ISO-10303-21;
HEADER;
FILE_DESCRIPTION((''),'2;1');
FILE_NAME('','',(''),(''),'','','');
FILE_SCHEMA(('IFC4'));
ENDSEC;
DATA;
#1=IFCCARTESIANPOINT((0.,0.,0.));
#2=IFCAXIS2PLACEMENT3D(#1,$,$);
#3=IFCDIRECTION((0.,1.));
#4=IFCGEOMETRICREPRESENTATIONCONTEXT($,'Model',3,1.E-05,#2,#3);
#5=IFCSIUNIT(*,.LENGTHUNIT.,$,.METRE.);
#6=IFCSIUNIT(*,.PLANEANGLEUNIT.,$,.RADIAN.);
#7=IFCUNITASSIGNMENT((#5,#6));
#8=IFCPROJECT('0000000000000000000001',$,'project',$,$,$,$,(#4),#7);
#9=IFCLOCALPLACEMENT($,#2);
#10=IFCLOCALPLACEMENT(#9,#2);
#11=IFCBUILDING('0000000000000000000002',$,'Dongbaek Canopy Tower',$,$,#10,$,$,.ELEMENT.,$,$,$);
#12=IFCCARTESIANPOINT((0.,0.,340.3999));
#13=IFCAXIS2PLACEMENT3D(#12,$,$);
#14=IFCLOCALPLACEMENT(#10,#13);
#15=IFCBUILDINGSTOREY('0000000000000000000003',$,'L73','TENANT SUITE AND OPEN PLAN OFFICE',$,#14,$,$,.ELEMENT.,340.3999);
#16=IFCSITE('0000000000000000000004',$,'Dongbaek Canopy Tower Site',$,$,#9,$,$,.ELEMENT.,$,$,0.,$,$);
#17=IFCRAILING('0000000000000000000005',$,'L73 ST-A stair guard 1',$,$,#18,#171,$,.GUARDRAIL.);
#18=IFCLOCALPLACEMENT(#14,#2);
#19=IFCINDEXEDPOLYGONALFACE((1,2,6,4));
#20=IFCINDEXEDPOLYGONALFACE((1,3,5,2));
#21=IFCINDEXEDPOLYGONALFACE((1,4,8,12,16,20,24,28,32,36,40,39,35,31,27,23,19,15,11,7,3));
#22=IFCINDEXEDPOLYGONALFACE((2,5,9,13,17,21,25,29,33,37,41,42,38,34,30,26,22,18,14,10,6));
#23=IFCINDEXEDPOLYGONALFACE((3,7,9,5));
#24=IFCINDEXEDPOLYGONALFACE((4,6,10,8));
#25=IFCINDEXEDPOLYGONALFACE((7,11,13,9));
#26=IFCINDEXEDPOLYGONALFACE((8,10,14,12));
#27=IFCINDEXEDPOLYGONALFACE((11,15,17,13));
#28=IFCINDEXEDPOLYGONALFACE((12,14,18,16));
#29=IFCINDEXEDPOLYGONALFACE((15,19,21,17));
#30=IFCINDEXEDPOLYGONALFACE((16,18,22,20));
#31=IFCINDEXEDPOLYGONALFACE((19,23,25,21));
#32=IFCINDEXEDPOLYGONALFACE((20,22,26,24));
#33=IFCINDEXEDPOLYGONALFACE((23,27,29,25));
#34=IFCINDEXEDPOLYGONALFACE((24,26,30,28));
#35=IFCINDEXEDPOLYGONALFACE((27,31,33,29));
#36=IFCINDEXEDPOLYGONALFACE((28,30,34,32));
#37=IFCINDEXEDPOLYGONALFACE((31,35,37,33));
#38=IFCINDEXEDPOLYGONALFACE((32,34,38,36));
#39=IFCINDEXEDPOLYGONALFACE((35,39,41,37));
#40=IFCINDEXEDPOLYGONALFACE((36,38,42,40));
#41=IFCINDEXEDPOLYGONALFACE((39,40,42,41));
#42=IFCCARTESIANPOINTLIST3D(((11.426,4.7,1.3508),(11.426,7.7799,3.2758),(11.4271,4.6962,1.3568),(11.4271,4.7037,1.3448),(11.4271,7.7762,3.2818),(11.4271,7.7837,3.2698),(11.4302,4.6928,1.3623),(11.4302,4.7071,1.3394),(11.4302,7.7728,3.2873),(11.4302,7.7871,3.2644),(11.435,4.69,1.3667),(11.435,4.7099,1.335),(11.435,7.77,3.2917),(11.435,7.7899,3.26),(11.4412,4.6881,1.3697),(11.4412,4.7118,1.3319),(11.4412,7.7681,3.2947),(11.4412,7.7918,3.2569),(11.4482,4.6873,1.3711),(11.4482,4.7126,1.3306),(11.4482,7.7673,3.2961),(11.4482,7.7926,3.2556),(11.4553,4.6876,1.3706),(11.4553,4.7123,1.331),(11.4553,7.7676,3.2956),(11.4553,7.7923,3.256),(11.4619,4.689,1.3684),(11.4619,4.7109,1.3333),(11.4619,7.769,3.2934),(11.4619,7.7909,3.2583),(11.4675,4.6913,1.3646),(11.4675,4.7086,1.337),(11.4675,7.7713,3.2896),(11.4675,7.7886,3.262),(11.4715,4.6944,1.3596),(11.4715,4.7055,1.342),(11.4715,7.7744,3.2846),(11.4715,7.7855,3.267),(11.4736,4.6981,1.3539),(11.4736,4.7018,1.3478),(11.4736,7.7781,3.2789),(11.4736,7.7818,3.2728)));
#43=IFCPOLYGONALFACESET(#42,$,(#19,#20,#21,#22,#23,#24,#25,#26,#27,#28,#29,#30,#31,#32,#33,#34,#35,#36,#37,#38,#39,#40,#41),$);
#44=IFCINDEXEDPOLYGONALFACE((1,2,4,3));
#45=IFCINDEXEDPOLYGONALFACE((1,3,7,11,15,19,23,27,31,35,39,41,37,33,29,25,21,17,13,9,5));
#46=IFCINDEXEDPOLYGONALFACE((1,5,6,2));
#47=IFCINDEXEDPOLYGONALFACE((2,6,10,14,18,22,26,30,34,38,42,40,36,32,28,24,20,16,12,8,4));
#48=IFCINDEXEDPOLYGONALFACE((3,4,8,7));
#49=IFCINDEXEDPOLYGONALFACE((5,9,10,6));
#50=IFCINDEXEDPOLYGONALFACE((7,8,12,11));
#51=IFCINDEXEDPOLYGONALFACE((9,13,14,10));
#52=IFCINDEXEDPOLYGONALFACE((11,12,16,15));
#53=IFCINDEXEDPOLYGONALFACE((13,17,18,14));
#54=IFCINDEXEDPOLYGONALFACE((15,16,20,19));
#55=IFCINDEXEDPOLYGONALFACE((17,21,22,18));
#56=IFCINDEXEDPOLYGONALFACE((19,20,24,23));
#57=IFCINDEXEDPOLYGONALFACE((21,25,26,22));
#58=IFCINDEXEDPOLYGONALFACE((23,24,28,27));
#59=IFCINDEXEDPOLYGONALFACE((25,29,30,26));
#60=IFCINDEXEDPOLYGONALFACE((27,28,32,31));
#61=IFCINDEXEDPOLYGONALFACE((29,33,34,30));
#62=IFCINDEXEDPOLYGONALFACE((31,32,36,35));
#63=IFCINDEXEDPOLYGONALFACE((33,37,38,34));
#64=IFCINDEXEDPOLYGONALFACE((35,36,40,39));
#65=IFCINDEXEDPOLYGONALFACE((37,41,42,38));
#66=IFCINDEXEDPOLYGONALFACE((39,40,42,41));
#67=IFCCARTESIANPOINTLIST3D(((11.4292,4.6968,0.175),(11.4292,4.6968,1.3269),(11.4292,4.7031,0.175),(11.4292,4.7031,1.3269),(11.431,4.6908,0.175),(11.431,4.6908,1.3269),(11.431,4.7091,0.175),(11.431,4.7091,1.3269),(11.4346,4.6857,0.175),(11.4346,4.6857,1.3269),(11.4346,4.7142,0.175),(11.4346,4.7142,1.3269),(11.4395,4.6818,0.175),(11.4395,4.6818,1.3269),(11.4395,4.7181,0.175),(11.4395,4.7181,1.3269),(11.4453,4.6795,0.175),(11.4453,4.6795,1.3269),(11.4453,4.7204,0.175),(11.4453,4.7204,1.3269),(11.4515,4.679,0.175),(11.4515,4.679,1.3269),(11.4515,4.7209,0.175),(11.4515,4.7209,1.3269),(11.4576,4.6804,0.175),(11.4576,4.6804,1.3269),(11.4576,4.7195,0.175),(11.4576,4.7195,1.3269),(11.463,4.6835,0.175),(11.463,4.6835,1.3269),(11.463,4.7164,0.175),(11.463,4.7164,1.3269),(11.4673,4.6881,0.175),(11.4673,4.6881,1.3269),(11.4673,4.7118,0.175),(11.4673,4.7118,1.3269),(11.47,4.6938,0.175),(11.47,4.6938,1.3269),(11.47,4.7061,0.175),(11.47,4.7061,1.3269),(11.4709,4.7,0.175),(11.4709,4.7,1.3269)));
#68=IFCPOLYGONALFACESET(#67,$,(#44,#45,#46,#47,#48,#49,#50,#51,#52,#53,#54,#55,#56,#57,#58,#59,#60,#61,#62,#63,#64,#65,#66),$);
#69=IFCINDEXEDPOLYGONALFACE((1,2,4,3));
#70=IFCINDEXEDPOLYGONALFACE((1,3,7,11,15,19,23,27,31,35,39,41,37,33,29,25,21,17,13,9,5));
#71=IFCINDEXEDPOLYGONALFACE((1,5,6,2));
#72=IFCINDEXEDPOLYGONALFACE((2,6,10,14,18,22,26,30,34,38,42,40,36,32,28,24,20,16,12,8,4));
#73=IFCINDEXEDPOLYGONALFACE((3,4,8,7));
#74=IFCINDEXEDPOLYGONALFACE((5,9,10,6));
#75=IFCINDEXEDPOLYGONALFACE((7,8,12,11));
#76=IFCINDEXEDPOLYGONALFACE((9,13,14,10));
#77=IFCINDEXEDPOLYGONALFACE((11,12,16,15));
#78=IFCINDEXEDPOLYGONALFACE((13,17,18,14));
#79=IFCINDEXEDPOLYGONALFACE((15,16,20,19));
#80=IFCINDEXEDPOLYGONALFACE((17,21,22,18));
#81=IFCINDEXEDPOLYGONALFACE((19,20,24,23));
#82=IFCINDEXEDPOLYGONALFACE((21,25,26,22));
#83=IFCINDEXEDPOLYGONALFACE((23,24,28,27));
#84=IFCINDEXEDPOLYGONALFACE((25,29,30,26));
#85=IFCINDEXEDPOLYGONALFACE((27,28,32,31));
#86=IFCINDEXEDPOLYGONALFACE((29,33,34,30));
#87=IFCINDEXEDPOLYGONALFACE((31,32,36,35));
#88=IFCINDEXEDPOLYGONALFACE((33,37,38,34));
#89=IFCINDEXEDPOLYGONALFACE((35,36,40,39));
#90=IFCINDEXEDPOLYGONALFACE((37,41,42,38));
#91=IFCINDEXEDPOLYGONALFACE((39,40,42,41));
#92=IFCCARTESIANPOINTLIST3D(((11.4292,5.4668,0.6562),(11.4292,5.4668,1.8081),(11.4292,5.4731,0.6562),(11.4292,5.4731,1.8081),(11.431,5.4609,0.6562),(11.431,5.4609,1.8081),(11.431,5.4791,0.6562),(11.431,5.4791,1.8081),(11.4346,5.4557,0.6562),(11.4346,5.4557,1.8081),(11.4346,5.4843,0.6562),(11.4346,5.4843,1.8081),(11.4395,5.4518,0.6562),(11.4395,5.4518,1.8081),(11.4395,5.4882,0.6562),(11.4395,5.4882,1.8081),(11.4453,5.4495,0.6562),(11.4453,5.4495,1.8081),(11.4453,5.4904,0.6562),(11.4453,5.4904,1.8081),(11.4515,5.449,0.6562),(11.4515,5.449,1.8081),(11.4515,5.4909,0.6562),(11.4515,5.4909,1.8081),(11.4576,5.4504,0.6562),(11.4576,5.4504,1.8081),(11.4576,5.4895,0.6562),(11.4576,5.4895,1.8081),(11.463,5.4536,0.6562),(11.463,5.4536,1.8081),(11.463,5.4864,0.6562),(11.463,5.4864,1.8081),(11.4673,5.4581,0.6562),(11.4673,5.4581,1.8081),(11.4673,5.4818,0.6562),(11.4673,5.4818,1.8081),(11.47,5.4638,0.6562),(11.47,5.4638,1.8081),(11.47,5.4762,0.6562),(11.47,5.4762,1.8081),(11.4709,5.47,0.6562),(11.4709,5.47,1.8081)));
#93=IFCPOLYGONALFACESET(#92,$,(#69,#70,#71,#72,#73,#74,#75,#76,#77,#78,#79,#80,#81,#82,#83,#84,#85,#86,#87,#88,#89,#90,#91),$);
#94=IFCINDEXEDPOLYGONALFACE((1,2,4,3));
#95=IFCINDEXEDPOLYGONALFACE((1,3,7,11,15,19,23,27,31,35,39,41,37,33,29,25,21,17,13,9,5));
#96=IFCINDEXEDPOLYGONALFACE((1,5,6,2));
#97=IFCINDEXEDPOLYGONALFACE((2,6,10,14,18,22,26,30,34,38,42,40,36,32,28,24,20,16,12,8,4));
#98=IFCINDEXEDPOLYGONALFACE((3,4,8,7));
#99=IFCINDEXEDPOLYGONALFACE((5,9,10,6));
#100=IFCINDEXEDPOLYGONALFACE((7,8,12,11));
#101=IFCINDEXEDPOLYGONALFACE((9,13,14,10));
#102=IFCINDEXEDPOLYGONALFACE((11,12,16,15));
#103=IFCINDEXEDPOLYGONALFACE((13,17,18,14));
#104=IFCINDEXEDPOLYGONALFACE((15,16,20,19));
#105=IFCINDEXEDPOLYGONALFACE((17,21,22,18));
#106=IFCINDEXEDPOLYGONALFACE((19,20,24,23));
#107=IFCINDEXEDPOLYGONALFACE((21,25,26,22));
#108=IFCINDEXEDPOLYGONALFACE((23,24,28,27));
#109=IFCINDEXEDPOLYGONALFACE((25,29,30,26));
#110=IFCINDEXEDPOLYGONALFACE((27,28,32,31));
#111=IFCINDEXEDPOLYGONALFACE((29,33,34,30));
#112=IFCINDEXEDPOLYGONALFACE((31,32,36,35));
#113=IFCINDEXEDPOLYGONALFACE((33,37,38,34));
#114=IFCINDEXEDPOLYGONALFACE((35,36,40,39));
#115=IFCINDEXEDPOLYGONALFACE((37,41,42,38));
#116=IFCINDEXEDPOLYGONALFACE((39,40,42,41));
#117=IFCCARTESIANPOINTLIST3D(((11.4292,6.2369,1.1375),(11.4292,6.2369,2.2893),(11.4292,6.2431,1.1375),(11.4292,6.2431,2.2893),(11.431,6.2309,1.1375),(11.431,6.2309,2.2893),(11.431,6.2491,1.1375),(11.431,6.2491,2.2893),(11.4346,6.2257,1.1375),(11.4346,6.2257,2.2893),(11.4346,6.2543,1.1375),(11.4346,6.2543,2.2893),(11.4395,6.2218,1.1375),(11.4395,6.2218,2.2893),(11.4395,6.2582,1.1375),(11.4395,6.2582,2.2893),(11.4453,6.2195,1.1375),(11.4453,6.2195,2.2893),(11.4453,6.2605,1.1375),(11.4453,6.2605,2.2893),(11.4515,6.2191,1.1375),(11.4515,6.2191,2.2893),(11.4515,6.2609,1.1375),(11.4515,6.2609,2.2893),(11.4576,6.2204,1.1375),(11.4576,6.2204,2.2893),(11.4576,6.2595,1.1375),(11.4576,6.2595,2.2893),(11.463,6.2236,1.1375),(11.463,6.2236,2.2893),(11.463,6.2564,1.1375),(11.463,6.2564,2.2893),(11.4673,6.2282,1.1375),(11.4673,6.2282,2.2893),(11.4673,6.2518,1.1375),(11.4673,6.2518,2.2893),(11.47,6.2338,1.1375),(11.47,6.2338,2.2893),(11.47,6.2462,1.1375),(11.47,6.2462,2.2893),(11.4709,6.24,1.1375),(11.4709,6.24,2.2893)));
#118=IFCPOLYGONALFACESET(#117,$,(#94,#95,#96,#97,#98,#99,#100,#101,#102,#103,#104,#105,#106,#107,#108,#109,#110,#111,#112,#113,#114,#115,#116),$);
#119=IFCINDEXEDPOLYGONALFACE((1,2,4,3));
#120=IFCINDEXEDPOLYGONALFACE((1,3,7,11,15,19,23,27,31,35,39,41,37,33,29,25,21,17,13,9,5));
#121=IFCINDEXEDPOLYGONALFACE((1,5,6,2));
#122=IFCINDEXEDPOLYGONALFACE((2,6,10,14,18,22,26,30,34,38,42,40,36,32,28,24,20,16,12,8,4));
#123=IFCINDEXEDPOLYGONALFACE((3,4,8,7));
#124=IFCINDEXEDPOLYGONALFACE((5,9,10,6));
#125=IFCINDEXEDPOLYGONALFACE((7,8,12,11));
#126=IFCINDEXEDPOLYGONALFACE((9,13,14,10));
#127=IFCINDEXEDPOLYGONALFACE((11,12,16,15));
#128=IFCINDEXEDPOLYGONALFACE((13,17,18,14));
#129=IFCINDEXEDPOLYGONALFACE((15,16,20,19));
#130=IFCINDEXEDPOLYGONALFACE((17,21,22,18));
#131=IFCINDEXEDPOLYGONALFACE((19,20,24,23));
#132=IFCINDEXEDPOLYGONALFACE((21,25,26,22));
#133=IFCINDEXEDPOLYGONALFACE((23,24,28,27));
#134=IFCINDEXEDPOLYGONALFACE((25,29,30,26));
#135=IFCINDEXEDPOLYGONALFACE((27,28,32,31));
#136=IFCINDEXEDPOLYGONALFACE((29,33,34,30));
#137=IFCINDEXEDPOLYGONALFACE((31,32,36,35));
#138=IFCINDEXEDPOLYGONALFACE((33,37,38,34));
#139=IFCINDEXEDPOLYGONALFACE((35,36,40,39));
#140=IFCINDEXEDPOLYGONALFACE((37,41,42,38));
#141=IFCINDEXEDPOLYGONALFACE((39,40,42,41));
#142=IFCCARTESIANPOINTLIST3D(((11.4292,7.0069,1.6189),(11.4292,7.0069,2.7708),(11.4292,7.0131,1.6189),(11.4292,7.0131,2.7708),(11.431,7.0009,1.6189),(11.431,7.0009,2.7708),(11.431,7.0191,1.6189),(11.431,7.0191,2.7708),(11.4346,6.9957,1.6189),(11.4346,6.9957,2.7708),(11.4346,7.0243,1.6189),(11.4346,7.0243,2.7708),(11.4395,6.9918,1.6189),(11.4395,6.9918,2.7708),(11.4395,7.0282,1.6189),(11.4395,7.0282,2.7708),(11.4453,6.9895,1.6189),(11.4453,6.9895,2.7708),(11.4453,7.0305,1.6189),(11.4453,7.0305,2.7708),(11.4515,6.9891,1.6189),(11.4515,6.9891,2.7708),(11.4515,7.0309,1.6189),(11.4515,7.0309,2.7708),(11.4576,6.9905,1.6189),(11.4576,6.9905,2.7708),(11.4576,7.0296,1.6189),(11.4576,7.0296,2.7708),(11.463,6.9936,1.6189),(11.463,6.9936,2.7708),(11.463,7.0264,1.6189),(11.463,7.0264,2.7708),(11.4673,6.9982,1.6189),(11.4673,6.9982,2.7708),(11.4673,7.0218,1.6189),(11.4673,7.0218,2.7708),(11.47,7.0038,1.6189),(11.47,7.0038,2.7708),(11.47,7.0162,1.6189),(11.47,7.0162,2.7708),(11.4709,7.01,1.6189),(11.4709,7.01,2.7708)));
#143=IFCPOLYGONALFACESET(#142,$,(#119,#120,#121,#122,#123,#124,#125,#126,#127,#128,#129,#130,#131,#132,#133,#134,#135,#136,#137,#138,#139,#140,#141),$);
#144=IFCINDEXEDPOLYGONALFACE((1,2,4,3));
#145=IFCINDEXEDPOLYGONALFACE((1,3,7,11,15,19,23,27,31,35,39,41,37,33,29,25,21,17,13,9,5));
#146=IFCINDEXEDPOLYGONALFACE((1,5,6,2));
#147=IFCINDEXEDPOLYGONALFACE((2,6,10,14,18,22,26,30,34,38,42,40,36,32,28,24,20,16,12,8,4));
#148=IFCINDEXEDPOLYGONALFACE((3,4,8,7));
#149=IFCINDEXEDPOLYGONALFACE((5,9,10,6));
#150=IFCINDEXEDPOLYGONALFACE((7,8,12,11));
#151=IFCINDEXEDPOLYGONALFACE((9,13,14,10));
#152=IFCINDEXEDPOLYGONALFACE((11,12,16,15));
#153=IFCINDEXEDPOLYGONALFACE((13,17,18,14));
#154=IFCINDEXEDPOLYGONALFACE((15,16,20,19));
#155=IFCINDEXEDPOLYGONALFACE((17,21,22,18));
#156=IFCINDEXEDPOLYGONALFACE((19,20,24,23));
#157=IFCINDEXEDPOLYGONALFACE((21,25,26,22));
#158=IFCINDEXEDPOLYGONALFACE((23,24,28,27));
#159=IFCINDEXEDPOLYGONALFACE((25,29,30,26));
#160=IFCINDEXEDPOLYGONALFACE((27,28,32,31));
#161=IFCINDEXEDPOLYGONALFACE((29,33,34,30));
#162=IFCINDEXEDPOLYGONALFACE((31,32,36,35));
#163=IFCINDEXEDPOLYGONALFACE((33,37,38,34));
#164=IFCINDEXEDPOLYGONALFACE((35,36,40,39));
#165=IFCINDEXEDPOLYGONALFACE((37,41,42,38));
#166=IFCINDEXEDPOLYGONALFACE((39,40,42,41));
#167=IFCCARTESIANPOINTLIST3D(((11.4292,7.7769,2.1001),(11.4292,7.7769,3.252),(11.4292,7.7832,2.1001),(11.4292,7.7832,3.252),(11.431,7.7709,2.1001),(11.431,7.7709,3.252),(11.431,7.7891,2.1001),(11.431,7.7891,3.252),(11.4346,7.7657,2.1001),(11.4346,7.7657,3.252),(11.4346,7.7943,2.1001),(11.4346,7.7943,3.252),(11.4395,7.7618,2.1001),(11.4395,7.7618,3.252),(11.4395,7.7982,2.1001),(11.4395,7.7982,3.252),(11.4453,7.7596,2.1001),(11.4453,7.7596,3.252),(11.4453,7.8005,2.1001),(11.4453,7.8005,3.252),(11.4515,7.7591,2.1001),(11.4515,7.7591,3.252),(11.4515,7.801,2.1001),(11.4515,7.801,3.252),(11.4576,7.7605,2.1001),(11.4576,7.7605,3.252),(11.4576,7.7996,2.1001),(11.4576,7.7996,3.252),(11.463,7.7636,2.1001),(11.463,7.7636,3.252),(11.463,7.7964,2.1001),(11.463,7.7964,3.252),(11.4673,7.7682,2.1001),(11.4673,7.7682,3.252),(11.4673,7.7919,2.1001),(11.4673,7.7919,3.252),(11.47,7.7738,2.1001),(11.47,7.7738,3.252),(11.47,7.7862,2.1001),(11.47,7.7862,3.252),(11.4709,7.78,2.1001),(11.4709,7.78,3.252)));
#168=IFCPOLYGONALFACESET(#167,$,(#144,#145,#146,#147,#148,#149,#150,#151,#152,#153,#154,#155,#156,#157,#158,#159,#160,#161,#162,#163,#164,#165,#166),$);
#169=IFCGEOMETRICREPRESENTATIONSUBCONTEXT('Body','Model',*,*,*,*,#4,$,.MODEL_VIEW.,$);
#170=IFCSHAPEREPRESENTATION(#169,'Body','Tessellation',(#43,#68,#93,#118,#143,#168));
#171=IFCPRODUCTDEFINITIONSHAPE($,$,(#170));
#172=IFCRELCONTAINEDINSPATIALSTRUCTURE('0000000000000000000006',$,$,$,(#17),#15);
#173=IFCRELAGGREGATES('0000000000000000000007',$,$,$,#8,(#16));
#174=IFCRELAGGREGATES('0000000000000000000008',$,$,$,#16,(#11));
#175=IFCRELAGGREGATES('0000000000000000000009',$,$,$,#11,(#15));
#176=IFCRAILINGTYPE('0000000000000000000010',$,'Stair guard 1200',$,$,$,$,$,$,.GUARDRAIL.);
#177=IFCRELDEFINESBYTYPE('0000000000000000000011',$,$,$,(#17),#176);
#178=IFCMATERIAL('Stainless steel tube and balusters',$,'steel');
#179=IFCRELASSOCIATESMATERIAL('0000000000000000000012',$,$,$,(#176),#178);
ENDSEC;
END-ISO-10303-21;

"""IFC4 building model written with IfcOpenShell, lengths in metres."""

from ifc_helpers import new_model, si_unit, direction, frame, origin, origin_2d, place, context, subcontext, project, spatial, circle, extrude, material, type_object, element, save


model = new_model("IFC4")

# Units and contexts
model_context = context("Model", 3, precision=1e-05, world=origin(), true_north=direction((0.0, 1.0)))
body_context = subcontext(model_context, "Body", "Model", "MODEL_VIEW")
ifc_project = project(units=[si_unit("LENGTHUNIT", "METRE"), si_unit("PLANEANGLEUNIT", "RADIAN")], contexts=[model_context])

# Site, building, storey
site_placement = place(None, origin())
site = spatial("IfcSite", under=ifc_project, at=site_placement, Name="Dongbaek Canopy Tower Site", CompositionType="ELEMENT", RefElevation=0.0)
building_placement = place(site_placement, origin())
building = spatial("IfcBuilding", under=site, at=building_placement, Name="Dongbaek Canopy Tower", CompositionType="ELEMENT")
storey_placement = place(building_placement, frame((0.0, 0.0, 340.3999)))
storey = spatial("IfcBuildingStorey", under=building, at=storey_placement, Name="L73", Description="TENANT SUITE AND OPEN PLAN OFFICE", CompositionType="ELEMENT", Elevation=340.3999)

# Railing
ifc_material_1 = material(Name="Stainless steel tube and balusters", Category="steel")
railing_type_1 = type_object("IfcRailingType", Name="Stair guard 1200", PredefinedType="GUARDRAIL", material=ifc_material_1)
railing_1_placement = place(storey_placement, frame((11.45, 4.7, 0.175)))
element("IfcRailing", 1, at=railing_1_placement, inside=storey, type_object=railing_type_1, Name="L73 ST-A stair guard 1", PredefinedType="GUARDRAIL", context=body_context, shape_type="SweptSolid", body=[
    extrude(circle(Radius=0.0239, at=origin_2d()), frame((0.0, 0.0, 1.1758), z_axis=(0.0, 0.847998, 0.529999), x_axis=(-1.0, 0.0, 0.0)), (0.0, 0.0, 1.0), 3.6321),
    extrude(circle(Radius=0.021, at=origin_2d()), origin(), (0.0, 0.0, 1.0), 1.1519),
    extrude(circle(Radius=0.021, at=origin_2d()), frame((0.0, 0.77, 0.4812)), (0.0, 0.0, 1.0), 1.1519),
    extrude(circle(Radius=0.021, at=origin_2d()), frame((0.0, 1.54, 0.9624)), (0.0, 0.0, 1.0), 1.1519),
    extrude(circle(Radius=0.021, at=origin_2d()), frame((0.0, 2.3101, 1.4438)), (0.0, 0.0, 1.0), 1.1519),
    extrude(circle(Radius=0.021, at=origin_2d()), frame((0.0, 3.0801, 1.925)), (0.0, 0.0, 1.0), 1.1519),
])

save(model, "model.ifc")
